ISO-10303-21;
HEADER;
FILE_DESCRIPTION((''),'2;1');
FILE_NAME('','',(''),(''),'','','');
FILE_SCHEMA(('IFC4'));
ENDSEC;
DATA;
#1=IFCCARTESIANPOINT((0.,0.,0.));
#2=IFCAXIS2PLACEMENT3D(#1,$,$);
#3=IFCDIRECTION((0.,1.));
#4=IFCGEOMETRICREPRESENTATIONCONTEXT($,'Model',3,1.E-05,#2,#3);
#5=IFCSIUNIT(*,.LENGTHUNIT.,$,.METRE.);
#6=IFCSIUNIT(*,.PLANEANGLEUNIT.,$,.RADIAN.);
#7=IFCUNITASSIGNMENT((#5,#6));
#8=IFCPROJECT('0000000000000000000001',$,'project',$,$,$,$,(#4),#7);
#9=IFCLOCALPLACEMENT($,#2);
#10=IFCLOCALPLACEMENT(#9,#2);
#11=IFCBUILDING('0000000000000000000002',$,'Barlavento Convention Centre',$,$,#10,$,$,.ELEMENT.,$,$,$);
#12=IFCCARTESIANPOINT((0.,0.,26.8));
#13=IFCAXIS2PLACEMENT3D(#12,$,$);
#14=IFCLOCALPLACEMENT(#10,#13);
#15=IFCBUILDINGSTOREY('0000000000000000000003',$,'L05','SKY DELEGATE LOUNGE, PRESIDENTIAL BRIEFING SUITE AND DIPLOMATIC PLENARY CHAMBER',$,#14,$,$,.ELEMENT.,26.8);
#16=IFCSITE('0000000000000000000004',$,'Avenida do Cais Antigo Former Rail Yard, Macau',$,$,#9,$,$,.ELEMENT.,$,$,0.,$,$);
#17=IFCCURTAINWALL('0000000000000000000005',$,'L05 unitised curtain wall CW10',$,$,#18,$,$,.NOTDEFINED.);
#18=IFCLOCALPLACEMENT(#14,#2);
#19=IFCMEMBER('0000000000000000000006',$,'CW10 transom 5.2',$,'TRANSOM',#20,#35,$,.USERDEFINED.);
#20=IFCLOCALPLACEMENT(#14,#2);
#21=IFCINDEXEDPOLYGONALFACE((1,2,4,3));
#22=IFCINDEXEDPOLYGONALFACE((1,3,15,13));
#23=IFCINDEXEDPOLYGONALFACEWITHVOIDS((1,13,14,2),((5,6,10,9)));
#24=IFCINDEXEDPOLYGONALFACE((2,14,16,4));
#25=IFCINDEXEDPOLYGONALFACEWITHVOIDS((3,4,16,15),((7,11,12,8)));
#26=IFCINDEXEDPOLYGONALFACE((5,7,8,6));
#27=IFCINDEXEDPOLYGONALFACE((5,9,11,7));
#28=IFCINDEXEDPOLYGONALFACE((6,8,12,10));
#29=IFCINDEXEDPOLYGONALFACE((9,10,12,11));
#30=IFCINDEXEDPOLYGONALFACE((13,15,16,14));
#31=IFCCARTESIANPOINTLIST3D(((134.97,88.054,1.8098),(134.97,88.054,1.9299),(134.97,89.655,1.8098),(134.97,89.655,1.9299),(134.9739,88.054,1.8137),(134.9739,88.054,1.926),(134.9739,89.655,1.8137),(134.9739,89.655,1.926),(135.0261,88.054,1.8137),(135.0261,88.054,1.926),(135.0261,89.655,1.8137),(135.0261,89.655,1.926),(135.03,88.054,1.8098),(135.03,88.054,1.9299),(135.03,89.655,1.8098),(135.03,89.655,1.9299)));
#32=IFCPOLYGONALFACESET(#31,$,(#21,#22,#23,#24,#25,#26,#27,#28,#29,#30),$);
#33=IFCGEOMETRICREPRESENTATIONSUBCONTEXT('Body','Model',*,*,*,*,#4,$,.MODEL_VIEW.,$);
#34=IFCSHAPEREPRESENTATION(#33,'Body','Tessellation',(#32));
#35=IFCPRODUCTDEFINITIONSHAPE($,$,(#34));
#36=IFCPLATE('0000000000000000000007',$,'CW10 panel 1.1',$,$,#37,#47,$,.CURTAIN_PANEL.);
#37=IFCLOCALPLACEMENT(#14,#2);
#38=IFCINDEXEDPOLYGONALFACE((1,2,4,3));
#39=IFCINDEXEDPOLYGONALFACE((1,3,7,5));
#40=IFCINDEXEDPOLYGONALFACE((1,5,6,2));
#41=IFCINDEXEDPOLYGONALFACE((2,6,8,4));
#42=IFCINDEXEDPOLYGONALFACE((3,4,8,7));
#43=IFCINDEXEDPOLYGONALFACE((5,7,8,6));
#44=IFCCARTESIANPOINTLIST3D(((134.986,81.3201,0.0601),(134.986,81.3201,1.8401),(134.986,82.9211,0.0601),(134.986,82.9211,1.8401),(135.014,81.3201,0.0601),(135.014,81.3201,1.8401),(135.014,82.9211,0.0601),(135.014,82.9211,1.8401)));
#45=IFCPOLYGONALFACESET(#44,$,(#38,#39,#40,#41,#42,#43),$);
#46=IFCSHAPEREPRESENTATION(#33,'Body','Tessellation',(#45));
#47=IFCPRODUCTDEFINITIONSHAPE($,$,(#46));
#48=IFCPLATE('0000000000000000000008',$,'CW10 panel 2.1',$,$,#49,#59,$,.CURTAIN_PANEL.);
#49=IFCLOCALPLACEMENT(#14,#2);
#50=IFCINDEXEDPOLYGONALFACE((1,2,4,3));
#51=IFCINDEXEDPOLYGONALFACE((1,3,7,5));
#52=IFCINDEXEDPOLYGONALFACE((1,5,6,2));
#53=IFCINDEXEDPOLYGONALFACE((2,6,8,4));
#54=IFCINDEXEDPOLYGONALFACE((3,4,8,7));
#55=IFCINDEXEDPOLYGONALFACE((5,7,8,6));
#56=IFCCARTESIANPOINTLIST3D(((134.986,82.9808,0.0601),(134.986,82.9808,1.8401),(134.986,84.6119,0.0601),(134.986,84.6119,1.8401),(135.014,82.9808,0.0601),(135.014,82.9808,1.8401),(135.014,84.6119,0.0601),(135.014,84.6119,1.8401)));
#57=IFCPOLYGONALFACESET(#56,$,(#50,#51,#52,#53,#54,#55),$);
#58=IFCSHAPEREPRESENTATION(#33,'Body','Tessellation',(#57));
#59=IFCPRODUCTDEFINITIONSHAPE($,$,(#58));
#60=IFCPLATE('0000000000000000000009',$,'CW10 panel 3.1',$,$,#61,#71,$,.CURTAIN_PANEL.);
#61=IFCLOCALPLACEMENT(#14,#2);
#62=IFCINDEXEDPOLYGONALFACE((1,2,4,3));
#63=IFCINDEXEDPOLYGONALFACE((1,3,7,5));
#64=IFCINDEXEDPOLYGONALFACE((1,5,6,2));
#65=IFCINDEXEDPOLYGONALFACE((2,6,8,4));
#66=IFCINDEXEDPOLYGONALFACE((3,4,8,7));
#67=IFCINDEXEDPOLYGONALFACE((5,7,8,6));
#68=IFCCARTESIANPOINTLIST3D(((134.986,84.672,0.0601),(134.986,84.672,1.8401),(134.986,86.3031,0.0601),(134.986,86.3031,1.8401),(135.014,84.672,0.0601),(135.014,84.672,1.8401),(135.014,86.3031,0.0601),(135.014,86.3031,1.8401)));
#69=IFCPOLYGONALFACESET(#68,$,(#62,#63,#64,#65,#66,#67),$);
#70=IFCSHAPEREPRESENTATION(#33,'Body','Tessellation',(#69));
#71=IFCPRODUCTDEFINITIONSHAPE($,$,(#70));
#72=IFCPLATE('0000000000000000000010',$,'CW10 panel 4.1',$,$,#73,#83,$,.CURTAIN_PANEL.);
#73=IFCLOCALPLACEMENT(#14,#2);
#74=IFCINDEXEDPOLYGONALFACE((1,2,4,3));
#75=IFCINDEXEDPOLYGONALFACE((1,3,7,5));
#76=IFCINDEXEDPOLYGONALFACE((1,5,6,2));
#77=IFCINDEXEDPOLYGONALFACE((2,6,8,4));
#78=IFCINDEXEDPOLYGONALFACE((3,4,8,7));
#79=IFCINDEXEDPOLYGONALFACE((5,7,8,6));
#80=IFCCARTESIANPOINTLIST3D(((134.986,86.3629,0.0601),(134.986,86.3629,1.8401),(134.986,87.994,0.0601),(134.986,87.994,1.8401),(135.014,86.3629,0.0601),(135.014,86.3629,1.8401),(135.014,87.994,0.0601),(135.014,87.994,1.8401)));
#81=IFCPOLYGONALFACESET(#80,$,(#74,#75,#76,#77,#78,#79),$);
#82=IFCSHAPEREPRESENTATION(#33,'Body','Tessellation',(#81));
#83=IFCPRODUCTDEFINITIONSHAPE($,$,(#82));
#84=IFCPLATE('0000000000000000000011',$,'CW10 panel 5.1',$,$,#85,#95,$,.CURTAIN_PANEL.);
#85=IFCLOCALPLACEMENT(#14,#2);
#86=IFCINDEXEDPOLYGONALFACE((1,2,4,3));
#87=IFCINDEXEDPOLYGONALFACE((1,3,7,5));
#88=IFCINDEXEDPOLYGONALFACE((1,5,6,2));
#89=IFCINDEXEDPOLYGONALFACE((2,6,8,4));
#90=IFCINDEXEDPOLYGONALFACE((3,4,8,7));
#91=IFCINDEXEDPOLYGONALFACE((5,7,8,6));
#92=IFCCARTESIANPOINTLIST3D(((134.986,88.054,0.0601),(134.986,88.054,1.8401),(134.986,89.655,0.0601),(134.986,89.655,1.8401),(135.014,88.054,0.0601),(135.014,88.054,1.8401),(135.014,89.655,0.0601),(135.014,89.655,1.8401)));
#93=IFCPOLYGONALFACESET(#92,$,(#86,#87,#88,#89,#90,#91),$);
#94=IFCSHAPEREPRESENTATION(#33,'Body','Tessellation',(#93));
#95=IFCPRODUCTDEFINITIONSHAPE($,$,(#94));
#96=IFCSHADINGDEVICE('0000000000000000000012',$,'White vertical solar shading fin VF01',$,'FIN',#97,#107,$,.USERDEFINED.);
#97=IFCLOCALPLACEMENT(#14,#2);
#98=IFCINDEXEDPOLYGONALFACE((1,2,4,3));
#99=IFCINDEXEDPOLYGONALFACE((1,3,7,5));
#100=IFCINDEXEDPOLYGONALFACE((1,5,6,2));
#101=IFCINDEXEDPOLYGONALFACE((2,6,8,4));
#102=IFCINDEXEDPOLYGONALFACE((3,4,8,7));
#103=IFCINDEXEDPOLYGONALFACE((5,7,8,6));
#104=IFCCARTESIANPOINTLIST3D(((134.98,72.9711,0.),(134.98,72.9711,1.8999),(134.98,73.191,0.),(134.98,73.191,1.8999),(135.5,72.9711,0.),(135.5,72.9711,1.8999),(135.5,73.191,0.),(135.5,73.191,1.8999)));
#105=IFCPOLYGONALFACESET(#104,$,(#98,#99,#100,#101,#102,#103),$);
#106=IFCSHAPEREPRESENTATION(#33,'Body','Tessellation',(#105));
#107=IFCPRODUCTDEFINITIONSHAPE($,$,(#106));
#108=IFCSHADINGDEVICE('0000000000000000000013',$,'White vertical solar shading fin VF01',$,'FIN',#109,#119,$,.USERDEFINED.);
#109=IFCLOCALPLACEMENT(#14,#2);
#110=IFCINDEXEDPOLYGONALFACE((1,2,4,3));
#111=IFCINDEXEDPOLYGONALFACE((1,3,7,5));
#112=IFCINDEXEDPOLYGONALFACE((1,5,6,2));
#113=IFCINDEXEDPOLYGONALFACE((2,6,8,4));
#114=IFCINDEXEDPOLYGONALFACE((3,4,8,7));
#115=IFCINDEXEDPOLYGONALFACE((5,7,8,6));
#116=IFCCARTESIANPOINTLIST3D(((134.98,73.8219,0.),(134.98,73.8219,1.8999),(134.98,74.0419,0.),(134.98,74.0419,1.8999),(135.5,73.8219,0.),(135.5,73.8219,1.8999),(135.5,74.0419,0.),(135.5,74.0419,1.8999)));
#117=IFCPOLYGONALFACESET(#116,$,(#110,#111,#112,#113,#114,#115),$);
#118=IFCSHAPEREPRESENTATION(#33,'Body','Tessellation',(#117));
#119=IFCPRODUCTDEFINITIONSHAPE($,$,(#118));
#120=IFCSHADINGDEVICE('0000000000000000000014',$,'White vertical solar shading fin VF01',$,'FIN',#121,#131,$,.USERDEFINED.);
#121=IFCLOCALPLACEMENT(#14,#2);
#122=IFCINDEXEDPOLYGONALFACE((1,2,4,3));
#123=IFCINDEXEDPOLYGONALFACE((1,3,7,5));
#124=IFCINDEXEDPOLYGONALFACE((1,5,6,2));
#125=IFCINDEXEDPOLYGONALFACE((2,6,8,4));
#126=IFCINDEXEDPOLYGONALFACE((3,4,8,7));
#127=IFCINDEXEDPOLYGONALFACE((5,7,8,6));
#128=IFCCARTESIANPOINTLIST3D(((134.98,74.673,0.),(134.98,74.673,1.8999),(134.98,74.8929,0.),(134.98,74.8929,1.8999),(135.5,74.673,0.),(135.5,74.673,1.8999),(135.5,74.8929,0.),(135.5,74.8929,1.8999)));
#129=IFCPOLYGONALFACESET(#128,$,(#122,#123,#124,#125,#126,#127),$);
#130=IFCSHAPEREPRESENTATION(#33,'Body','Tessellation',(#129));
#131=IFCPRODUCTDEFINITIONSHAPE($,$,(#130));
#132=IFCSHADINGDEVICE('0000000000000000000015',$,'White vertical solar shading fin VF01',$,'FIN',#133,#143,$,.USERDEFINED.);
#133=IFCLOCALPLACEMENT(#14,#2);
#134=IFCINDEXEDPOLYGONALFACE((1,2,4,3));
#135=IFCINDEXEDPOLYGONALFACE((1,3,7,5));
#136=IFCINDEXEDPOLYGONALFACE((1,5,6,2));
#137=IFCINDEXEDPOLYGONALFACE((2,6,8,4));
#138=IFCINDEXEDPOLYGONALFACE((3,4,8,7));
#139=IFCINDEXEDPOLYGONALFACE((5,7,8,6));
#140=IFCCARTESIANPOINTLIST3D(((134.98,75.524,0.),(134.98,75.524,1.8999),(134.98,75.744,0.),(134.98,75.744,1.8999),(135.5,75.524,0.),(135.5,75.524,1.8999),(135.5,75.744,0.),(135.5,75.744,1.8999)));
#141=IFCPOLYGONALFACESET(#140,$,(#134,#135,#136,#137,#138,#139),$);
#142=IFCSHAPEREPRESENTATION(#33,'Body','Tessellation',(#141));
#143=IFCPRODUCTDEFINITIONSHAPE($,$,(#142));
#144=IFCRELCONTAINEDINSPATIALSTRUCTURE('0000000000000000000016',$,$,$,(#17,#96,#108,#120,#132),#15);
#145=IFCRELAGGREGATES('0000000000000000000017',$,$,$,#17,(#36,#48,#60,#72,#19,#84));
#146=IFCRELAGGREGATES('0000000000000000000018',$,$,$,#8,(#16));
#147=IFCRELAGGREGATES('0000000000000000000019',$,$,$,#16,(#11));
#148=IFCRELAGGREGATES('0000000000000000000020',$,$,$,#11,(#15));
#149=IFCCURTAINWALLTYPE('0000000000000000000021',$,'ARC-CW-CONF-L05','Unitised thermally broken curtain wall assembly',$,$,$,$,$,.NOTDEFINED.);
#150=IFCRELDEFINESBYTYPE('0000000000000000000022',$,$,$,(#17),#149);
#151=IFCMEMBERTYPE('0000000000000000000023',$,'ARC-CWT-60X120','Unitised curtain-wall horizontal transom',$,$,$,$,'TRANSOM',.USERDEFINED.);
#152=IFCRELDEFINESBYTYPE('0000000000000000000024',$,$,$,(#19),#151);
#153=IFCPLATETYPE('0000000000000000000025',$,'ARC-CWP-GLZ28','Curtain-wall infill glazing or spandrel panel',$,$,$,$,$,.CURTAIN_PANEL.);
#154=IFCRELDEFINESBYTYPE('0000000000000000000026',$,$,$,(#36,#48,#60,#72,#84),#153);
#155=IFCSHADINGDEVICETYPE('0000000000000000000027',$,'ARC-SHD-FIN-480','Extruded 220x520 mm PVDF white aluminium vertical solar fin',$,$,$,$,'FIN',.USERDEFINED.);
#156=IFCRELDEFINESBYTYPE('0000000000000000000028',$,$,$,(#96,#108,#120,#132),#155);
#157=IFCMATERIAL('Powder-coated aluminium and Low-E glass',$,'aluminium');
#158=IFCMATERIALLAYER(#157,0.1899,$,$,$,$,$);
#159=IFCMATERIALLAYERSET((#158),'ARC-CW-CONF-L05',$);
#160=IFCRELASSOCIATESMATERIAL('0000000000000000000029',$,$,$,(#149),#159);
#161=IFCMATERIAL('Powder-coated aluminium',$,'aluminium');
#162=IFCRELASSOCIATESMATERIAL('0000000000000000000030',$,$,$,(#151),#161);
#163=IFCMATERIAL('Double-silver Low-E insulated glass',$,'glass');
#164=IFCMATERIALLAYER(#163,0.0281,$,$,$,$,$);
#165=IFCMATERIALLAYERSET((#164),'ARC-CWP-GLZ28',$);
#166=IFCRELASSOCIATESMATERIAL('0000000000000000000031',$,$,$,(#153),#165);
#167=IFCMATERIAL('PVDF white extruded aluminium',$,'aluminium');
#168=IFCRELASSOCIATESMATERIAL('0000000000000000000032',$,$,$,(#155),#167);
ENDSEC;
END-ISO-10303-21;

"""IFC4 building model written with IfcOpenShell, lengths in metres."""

from ifc_helpers import new_model, si_unit, direction, frame, origin, origin_2d, place, context, subcontext, project, spatial, rectangle, hollow_rectangle, extrude, material, layer, layer_set, material_profile, profile_set, type_object, element, aggregate, save


model = new_model("IFC4")

# Units and contexts
model_context = context("Model", 3, precision=1e-05, world=origin(), true_north=direction((0.0, 1.0)))
body_context = subcontext(model_context, "Body", "Model", "MODEL_VIEW")
ifc_project = project(units=[si_unit("LENGTHUNIT", "METRE"), si_unit("PLANEANGLEUNIT", "RADIAN")], contexts=[model_context])

# Site, building, storey
site_placement = place(None, origin())
site = spatial("IfcSite", under=ifc_project, at=site_placement, Name="Avenida do Cais Antigo Former Rail Yard, Macau", CompositionType="ELEMENT", RefElevation=0.0)
building_placement = place(site_placement, origin())
building = spatial("IfcBuilding", under=site, at=building_placement, Name="Barlavento Convention Centre", CompositionType="ELEMENT")
storey_placement = place(building_placement, frame((0.0, 0.0, 26.8)))
storey = spatial("IfcBuildingStorey", under=building, at=storey_placement, Name="L05", Description="SKY DELEGATE LOUNGE, PRESIDENTIAL BRIEFING SUITE AND DIPLOMATIC PLENARY CHAMBER", CompositionType="ELEMENT", Elevation=26.8)

# Curtain wall, member, plates
ifc_material_1 = material(Name="Powder-coated aluminium and Low-E glass", Category="aluminium")
ifc_layer_1 = layer(ifc_material_1, 0.1899)
ifc_layer_set_1 = layer_set([ifc_layer_1], Name="ARC-CW-CONF-L05")
curtain_wall_type = type_object("IfcCurtainWallType", Name="ARC-CW-CONF-L05", Description="Unitised thermally broken curtain wall assembly", PredefinedType="NOTDEFINED", material=ifc_layer_set_1)
curtain_wall_placement = place(storey_placement, origin())
curtain_wall = element("IfcCurtainWall", 1, at=curtain_wall_placement, inside=storey, type_object=curtain_wall_type, Name="L05 unitised curtain wall CW10", PredefinedType="NOTDEFINED")
ifc_material_2 = material(Name="Powder-coated aluminium", Category="aluminium")
ifc_material_profile_1 = material_profile(ifc_material_2, hollow_rectangle(XDim=0.0601, YDim=0.1201, WallThickness=0.0039, at=origin_2d()), Name="AL-TRAN 60x120x4")
ifc_profile_set_1 = profile_set([ifc_material_profile_1], Name="Powder-coated aluminium")
member_type_1 = type_object("IfcMemberType", Name="ARC-CWT-60X120", Description="Unitised curtain-wall horizontal transom", ElementType="TRANSOM", PredefinedType="USERDEFINED", material=ifc_profile_set_1)
member_1_placement = place(storey_placement, frame((135.0, 88.054, 1.8699), z_axis=(0.0, 1.0, 0.0), x_axis=(-1.0, 0.0, 0.0)))
member_1 = element("IfcMember", 2, at=member_1_placement, type_object=member_type_1, Name="CW10 transom 5.2", ObjectType="TRANSOM", PredefinedType="USERDEFINED", context=body_context, shape_type="SweptSolid", body=[
    extrude(hollow_rectangle(XDim=0.0601, YDim=0.1201, WallThickness=0.0039, at=origin_2d()), origin(), (0.0, 0.0, 1.0), 1.6011),
])
ifc_material_3 = material(Name="Double-silver Low-E insulated glass", Category="glass")
ifc_layer_2 = layer(ifc_material_3, 0.0281)
ifc_layer_set_2 = layer_set([ifc_layer_2], Name="ARC-CWP-GLZ28")
plate_type = type_object("IfcPlateType", Name="ARC-CWP-GLZ28", Description="Curtain-wall infill glazing or spandrel panel", PredefinedType="CURTAIN_PANEL", material=ifc_layer_set_2)
plate_1_placement = place(storey_placement, frame((135.0, 82.1206, 0.0601), z_axis=(0.0, 0.0, 1.0), x_axis=(0.0, 1.0, 0.0)))
plate_1 = element("IfcPlate", 3, at=plate_1_placement, type_object=plate_type, Name="CW10 panel 1.1", PredefinedType="CURTAIN_PANEL", context=body_context, shape_type="SweptSolid", body=[
    extrude(rectangle(XDim=1.6011, YDim=0.0281, at=origin_2d()), origin(), (0.0, 0.0, 1.0), 1.78),
])
plate_2_placement = place(storey_placement, frame((135.0, 83.7964, 0.0601), z_axis=(0.0, 0.0, 1.0), x_axis=(0.0, 1.0, 0.0)))
plate_2 = element("IfcPlate", 4, at=plate_2_placement, type_object=plate_type, Name="CW10 panel 2.1", PredefinedType="CURTAIN_PANEL", context=body_context, shape_type="SweptSolid", body=[
    extrude(rectangle(XDim=1.6311, YDim=0.0281, at=origin_2d()), origin(), (0.0, 0.0, 1.0), 1.78),
])
plate_3_placement = place(storey_placement, frame((135.0, 85.4875, 0.0601), z_axis=(0.0, 0.0, 1.0), x_axis=(0.0, 1.0, 0.0)))
plate_3 = element("IfcPlate", 5, at=plate_3_placement, type_object=plate_type, Name="CW10 panel 3.1", PredefinedType="CURTAIN_PANEL", context=body_context, shape_type="SweptSolid", body=[
    extrude(rectangle(XDim=1.6311, YDim=0.0281, at=origin_2d()), origin(), (0.0, 0.0, 1.0), 1.78),
])
plate_4_placement = place(storey_placement, frame((135.0, 87.1785, 0.0601), z_axis=(0.0, 0.0, 1.0), x_axis=(0.0, 1.0, 0.0)))
plate_4 = element("IfcPlate", 6, at=plate_4_placement, type_object=plate_type, Name="CW10 panel 4.1", PredefinedType="CURTAIN_PANEL", context=body_context, shape_type="SweptSolid", body=[
    extrude(rectangle(XDim=1.6311, YDim=0.0281, at=origin_2d()), origin(), (0.0, 0.0, 1.0), 1.78),
])
plate_5_placement = place(storey_placement, frame((135.0, 88.8545, 0.0601), z_axis=(0.0, 0.0, 1.0), x_axis=(0.0, 1.0, 0.0)))
plate_5 = element("IfcPlate", 7, at=plate_5_placement, type_object=plate_type, Name="CW10 panel 5.1", PredefinedType="CURTAIN_PANEL", context=body_context, shape_type="SweptSolid", body=[
    extrude(rectangle(XDim=1.6011, YDim=0.0281, at=origin_2d()), origin(), (0.0, 0.0, 1.0), 1.78),
])
aggregate(curtain_wall, [plate_1, plate_2, plate_3, plate_4, member_1, plate_5])

# Shading devices
ifc_material_4 = material(Name="PVDF white extruded aluminium", Category="aluminium")
shading_device_type = type_object("IfcShadingDeviceType", Name="ARC-SHD-FIN-480", Description="Extruded 220x520 mm PVDF white aluminium vertical solar fin", ElementType="FIN", PredefinedType="USERDEFINED", material=ifc_material_4)
for number, where, z_axis, x_axis, name in (
    (8, (135.24, 73.0811, 0.0), (0.0, 0.0, 1.0), (0.0, 1.0, 0.0), "White vertical solar shading fin VF01"),
    (9, (135.24, 73.9319, 0.0), (0.0, 0.0, 1.0), (0.0, 1.0, 0.0), "White vertical solar shading fin VF01"),
    (10, (135.24, 74.783, 0.0), (0.0, 0.0, 1.0), (0.0, 1.0, 0.0), "White vertical solar shading fin VF01"),
    (11, (135.24, 75.634, 0.0), (0.0, 0.0, 1.0), (0.0, 1.0, 0.0), "White vertical solar shading fin VF01"),
):
    element("IfcShadingDevice", number, at=place(storey_placement, frame(where, z_axis=z_axis, x_axis=x_axis)), inside=storey, type_object=shading_device_type, Name=name, ObjectType="FIN", PredefinedType="USERDEFINED", context=body_context, shape_type="SweptSolid", body=[
        extrude(rectangle(XDim=0.22, YDim=0.52, at=origin_2d()), origin(), (0.0, 0.0, 1.0), 1.8999),
    ])

save(model, "model.ifc")
